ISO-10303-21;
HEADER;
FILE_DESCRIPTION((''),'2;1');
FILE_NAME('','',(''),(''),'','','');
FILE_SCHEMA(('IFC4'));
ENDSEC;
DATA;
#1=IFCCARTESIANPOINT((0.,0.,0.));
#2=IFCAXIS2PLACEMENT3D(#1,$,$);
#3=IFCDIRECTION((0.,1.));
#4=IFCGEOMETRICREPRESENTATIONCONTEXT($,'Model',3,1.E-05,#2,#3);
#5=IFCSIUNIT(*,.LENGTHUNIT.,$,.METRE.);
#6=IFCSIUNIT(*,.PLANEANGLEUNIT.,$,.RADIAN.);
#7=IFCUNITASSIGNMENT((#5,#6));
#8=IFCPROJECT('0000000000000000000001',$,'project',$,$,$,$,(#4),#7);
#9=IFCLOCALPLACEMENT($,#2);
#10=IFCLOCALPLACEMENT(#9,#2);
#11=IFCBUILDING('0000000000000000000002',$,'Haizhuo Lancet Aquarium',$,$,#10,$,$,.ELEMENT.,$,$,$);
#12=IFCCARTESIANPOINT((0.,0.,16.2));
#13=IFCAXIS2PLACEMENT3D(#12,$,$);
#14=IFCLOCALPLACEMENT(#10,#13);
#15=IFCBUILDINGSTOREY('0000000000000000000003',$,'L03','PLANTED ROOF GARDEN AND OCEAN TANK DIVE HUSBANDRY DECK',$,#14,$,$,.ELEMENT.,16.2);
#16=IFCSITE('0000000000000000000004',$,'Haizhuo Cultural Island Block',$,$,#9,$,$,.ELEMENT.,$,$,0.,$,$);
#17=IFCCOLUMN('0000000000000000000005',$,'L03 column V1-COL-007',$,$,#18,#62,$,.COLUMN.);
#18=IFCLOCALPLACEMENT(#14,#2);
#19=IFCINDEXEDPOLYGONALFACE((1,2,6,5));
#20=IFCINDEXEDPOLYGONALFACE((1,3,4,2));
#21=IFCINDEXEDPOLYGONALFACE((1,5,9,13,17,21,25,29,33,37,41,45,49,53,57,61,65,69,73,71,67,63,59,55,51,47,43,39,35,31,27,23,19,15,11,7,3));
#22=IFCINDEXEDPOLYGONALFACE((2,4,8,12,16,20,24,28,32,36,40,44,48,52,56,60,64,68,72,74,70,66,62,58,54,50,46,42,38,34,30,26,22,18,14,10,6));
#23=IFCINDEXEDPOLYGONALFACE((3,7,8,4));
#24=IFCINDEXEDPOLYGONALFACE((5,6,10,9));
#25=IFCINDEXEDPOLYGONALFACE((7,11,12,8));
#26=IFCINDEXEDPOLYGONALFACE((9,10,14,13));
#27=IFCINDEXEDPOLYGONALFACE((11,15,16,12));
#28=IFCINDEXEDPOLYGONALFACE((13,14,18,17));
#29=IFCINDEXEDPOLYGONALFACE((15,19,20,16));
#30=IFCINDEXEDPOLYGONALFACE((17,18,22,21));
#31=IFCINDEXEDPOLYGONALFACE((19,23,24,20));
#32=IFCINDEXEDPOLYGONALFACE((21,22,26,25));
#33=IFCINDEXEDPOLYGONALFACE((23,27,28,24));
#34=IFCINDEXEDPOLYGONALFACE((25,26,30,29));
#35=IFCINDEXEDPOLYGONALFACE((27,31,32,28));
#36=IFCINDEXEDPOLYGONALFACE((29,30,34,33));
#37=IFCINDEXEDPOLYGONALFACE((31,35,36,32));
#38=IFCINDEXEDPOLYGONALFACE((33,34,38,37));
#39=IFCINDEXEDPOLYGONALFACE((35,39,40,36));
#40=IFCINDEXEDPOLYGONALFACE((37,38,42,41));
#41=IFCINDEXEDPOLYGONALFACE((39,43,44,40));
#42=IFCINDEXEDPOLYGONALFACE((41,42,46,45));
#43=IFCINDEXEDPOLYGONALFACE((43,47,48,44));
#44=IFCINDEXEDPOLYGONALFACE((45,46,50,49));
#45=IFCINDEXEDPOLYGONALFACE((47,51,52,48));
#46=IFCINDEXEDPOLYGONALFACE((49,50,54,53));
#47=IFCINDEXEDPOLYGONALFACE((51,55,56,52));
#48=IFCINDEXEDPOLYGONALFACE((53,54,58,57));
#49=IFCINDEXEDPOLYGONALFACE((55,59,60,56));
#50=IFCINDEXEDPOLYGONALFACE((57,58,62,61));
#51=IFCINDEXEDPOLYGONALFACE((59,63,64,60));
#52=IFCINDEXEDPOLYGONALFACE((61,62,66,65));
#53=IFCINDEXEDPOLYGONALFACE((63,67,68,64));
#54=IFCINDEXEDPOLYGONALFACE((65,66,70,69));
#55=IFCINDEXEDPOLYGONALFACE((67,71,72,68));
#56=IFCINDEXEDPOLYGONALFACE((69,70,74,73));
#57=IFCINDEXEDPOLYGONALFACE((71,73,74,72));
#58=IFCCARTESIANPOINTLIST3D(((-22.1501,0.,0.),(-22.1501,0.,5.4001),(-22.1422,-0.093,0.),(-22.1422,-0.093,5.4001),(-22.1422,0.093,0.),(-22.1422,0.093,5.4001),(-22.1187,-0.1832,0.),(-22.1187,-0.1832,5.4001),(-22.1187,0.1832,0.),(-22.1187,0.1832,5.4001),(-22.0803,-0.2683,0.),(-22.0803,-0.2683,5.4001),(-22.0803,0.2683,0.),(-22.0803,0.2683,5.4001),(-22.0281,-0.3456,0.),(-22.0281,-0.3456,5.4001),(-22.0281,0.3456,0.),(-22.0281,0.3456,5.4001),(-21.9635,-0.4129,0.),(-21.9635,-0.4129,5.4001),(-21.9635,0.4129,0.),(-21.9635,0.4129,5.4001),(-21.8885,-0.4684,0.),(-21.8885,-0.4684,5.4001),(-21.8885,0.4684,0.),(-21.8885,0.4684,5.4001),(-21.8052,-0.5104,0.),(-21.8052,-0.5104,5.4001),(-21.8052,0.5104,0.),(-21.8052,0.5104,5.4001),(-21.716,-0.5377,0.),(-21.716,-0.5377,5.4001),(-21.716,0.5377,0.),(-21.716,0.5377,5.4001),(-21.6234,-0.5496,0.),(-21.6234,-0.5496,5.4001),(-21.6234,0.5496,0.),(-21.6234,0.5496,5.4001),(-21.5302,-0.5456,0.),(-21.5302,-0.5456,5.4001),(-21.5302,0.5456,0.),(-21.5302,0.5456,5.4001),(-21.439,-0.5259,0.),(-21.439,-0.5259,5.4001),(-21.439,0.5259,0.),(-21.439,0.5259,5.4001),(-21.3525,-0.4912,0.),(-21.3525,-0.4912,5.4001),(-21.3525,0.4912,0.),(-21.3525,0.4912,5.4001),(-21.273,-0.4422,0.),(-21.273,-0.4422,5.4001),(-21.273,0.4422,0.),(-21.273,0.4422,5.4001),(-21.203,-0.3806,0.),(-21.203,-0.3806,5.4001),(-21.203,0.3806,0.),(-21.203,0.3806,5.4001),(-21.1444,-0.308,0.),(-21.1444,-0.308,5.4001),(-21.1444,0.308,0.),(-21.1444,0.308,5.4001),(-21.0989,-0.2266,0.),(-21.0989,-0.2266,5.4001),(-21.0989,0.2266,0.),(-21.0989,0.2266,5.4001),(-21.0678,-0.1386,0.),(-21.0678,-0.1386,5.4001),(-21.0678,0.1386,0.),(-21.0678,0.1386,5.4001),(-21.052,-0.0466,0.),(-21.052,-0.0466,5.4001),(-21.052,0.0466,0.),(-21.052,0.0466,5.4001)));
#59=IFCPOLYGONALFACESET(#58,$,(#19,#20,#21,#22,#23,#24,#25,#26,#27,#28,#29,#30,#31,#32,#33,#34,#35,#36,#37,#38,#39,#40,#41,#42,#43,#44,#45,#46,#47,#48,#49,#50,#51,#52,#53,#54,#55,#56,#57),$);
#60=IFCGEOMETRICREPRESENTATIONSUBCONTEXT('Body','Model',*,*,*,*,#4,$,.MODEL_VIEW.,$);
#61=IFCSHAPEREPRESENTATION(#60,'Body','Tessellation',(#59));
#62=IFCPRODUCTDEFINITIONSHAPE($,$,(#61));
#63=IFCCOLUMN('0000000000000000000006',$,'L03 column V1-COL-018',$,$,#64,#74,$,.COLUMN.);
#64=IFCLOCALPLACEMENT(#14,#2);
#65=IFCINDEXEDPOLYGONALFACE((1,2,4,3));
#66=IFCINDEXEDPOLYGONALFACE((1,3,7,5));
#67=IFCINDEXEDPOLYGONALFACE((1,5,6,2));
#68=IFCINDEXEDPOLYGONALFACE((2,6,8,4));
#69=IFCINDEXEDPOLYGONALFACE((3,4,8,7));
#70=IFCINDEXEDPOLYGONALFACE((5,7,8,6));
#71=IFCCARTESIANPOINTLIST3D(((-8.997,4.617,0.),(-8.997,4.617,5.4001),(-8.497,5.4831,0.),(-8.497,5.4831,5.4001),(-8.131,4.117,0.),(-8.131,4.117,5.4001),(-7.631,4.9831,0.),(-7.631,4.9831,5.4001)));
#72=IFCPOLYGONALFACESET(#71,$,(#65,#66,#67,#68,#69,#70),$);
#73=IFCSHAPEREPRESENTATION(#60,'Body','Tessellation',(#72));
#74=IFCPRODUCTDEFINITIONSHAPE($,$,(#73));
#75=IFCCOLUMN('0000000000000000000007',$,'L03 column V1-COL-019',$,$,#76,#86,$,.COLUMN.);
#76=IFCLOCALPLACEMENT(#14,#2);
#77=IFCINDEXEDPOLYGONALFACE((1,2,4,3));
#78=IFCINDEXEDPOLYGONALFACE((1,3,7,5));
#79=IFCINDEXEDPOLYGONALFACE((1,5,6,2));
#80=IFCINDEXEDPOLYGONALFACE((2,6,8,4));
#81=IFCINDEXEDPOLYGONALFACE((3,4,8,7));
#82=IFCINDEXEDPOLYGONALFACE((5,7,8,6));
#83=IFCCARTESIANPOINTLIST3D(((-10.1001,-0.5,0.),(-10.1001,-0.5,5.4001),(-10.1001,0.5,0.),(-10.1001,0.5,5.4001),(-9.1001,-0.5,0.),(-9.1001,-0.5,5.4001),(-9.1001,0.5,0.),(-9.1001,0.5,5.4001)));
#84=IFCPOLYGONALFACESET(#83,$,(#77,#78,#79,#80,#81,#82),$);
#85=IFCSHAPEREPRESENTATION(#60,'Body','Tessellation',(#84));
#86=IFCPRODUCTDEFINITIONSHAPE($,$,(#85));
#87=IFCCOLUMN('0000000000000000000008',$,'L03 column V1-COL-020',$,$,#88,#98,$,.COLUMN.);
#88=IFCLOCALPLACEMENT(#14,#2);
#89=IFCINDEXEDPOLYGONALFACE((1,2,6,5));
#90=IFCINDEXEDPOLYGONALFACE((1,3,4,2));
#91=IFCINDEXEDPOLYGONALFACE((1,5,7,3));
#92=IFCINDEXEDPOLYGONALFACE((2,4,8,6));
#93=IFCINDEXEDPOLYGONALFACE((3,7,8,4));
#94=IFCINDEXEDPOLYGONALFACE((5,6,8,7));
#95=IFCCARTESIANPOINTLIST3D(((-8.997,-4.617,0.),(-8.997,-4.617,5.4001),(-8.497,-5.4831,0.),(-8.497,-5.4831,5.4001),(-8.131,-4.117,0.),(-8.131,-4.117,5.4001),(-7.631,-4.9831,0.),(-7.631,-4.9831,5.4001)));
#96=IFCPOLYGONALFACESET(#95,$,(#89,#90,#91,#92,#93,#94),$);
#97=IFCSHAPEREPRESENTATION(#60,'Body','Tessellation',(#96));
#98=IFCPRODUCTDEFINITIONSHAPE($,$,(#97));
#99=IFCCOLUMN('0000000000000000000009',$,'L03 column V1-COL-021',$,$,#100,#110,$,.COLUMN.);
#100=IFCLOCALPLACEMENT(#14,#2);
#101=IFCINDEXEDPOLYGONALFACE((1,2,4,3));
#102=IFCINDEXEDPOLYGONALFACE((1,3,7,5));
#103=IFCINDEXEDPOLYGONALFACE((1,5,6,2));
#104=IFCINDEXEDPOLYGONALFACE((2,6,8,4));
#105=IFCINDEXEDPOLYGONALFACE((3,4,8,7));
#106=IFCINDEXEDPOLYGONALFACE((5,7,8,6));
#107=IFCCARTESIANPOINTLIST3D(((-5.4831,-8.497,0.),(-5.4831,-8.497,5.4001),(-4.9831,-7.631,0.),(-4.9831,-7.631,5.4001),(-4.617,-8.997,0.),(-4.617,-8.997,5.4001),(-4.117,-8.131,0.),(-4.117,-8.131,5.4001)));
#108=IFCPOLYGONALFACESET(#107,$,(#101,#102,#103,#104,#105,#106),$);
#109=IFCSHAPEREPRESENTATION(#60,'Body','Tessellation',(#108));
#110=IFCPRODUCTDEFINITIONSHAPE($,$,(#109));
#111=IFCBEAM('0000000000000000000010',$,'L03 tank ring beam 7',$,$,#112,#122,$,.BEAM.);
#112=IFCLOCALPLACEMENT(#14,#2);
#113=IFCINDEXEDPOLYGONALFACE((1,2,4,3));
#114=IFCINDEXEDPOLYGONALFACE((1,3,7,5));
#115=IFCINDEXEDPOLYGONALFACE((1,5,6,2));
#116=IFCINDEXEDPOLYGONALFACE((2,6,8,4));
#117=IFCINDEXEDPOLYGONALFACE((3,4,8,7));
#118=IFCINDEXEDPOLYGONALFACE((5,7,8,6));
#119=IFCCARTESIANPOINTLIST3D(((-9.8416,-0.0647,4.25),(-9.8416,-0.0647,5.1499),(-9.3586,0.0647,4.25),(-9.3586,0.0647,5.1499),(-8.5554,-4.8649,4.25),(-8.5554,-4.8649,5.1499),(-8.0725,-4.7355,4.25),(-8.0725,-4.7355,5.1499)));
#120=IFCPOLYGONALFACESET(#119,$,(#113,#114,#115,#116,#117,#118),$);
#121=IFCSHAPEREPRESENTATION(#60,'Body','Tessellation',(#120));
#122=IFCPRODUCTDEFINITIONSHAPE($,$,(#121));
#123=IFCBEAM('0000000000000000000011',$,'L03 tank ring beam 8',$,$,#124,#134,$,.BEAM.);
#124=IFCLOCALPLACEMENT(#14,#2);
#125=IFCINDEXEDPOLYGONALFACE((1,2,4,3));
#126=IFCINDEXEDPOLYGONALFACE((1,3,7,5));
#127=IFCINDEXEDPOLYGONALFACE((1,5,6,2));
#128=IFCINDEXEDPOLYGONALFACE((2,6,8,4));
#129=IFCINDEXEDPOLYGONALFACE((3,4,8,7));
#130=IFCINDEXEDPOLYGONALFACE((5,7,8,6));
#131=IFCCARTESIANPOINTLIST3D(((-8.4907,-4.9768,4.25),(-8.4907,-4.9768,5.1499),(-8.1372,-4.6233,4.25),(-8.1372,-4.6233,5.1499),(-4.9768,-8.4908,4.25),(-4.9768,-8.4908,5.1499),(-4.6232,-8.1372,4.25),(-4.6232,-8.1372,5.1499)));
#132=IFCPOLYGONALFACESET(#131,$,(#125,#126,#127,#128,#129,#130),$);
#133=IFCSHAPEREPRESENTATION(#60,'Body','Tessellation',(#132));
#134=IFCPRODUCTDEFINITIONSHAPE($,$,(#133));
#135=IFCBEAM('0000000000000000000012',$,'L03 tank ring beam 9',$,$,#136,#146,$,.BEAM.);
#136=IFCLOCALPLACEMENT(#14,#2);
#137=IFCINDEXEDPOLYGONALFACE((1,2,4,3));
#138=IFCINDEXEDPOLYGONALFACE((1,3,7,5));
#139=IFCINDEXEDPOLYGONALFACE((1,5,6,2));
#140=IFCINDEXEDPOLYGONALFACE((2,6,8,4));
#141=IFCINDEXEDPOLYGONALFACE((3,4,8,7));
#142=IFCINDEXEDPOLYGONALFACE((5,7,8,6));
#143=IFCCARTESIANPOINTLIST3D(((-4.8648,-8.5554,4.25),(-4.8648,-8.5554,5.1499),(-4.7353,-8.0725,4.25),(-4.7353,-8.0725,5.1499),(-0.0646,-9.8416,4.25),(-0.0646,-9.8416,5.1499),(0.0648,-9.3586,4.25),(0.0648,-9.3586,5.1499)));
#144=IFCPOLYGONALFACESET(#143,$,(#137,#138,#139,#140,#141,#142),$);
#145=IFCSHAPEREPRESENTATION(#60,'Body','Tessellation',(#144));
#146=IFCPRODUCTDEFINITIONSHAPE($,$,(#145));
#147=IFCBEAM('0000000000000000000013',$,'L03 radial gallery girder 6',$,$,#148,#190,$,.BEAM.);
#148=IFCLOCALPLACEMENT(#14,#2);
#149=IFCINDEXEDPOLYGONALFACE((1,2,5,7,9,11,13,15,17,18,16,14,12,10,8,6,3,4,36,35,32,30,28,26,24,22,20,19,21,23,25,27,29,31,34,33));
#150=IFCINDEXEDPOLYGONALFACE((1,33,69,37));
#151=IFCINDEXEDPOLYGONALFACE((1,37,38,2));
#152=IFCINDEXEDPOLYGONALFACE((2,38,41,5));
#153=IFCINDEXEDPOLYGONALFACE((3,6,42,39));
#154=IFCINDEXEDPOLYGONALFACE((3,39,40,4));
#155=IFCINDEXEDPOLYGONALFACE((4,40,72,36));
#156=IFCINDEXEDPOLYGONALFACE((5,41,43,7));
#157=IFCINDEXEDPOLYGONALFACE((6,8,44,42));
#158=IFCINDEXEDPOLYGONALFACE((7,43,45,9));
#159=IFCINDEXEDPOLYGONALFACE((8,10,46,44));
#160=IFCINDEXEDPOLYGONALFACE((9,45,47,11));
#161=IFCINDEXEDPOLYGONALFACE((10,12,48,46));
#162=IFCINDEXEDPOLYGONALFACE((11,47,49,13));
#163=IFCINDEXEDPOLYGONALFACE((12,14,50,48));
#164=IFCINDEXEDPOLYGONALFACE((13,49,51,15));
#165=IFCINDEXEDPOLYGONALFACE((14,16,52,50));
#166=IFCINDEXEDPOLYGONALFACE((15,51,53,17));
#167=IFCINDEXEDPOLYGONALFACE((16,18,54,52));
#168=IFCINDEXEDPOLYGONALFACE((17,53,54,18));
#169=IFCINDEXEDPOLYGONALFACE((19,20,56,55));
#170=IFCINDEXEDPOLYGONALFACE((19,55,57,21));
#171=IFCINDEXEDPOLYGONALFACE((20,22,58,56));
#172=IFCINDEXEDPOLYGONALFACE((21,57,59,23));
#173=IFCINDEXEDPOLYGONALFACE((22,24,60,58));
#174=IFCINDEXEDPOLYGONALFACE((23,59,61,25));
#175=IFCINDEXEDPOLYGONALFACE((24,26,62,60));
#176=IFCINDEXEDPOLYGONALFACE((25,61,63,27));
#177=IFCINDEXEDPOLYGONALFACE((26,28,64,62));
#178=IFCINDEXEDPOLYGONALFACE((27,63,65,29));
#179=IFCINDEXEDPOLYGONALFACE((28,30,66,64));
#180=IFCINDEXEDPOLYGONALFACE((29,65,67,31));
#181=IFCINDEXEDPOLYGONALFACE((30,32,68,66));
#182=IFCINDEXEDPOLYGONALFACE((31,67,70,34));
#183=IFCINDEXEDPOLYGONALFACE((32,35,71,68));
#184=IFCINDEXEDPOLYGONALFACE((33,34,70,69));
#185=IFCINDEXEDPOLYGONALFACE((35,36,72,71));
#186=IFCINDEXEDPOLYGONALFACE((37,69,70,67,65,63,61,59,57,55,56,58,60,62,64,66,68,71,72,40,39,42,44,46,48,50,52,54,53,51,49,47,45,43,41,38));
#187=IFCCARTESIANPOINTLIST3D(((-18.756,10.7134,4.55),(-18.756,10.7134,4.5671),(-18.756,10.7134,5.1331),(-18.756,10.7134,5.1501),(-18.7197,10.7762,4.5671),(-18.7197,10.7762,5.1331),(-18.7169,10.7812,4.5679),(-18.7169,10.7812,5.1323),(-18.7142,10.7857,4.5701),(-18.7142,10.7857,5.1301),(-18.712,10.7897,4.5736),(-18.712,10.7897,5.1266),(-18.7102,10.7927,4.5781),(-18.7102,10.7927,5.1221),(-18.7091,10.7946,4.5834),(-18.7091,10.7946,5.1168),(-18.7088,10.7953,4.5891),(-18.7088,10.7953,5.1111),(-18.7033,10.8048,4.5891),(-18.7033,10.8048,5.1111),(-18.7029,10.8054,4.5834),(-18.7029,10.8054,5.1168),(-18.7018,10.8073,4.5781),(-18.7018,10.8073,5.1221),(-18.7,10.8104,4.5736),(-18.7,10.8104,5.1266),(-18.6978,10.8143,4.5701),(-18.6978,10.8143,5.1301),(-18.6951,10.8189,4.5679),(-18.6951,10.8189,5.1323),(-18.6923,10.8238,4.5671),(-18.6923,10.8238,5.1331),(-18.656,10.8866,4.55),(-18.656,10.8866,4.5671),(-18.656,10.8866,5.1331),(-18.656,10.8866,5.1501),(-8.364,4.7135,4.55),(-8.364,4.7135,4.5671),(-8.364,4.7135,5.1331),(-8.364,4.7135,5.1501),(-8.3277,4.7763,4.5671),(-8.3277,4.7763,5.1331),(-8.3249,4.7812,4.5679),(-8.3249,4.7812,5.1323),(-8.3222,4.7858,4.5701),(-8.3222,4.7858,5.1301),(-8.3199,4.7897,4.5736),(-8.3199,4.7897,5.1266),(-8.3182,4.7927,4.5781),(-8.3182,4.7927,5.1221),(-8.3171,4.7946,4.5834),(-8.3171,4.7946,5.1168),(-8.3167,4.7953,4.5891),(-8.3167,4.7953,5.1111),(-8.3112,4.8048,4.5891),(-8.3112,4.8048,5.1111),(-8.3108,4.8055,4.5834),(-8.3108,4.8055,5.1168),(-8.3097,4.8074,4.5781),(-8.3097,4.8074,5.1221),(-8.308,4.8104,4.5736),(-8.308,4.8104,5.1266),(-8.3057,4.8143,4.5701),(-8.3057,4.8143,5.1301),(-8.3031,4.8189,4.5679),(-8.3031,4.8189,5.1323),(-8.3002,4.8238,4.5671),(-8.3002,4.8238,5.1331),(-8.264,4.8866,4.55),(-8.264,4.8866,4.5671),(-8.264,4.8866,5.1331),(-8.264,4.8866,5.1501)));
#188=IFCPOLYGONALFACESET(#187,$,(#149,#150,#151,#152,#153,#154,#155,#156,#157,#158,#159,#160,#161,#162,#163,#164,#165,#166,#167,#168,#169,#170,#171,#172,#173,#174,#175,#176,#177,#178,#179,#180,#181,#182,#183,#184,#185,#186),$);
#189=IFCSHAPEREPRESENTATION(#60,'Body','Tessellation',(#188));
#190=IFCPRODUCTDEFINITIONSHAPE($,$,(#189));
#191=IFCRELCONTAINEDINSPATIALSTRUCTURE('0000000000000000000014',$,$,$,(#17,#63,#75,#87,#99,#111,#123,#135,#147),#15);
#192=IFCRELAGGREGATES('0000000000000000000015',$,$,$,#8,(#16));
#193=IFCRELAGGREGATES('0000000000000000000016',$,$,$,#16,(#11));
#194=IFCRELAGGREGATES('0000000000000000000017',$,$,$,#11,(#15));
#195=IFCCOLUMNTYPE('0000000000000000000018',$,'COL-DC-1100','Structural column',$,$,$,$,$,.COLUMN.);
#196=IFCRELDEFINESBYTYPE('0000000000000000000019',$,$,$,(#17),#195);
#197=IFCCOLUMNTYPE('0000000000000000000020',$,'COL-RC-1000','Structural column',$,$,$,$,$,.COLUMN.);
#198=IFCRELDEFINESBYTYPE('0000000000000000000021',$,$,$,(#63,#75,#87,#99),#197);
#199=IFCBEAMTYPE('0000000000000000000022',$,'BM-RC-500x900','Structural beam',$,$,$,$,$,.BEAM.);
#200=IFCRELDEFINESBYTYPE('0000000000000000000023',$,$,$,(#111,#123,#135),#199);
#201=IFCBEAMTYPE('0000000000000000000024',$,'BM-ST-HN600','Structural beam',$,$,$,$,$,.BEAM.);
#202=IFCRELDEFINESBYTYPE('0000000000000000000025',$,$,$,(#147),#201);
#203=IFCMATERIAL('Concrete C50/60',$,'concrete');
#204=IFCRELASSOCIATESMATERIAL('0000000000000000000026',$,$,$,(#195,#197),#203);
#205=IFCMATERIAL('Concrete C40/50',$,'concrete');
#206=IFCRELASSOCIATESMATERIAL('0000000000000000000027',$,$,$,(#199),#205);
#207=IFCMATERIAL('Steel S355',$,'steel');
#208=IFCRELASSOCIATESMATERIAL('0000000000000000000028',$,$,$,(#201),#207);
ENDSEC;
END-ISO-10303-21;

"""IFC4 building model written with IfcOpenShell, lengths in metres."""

from ifc_helpers import new_model, si_unit, direction, frame, origin, origin_2d, place, context, subcontext, project, spatial, rectangle, circle, i_section, extrude, material, material_profile, profile_set, type_object, element, save


model = new_model("IFC4")

# Units and contexts
model_context = context("Model", 3, precision=1e-05, world=origin(), true_north=direction((0.0, 1.0)))
body_context = subcontext(model_context, "Body", "Model", "MODEL_VIEW")
ifc_project = project(units=[si_unit("LENGTHUNIT", "METRE"), si_unit("PLANEANGLEUNIT", "RADIAN")], contexts=[model_context])

# Site, building, storey
site_placement = place(None, origin())
site = spatial("IfcSite", under=ifc_project, at=site_placement, Name="Haizhuo Cultural Island Block", CompositionType="ELEMENT", RefElevation=0.0)
building_placement = place(site_placement, origin())
building = spatial("IfcBuilding", under=site, at=building_placement, Name="Haizhuo Lancet Aquarium", CompositionType="ELEMENT")
storey_placement = place(building_placement, frame((0.0, 0.0, 16.2)))
storey = spatial("IfcBuildingStorey", under=building, at=storey_placement, Name="L03", Description="PLANTED ROOF GARDEN AND OCEAN TANK DIVE HUSBANDRY DECK", CompositionType="ELEMENT", Elevation=16.2)

# Columns
ifc_material_1 = material(Name="Concrete C50/60", Category="concrete")
ifc_material_profile_1 = material_profile(ifc_material_1, circle(Radius=0.55, at=origin_2d()), Name="RC-DC 1100")
ifc_profile_set_1 = profile_set([ifc_material_profile_1], Name="Concrete C50/60")
column_type_1 = type_object("IfcColumnType", Name="COL-DC-1100", Description="Structural column", PredefinedType="COLUMN", material=ifc_profile_set_1)
column_placement = place(storey_placement, frame((-21.6001, 0.0, 0.0), z_axis=(0.0, 0.0, 1.0), x_axis=(-1.0, 0.0, 0.0)))
element("IfcColumn", 1, at=column_placement, inside=storey, type_object=column_type_1, Name="L03 column V1-COL-007", PredefinedType="COLUMN", context=body_context, shape_type="SweptSolid", body=[
    extrude(circle(Radius=0.55, at=origin_2d()), origin(), (0.0, 0.0, 1.0), 5.4001),
])
ifc_material_profile_2 = material_profile(ifc_material_1, rectangle(XDim=1.0, YDim=1.0, at=origin_2d()), Name="RC-COL 1000x1000")
ifc_profile_set_2 = profile_set([ifc_material_profile_2], Name="Concrete C50/60")
column_type_2 = type_object("IfcColumnType", Name="COL-RC-1000", Description="Structural column", PredefinedType="COLUMN", material=ifc_profile_set_2)
for number, where, z_axis, x_axis, name in (
    (2, (-8.314, 4.8, 0.0), (0.0, 0.0, 1.0), (-0.866025, 0.5, 0.0), "L03 column V1-COL-018"),
    (3, (-9.6001, 0.0, 0.0), (0.0, 0.0, 1.0), (-1.0, 0.0, 0.0), "L03 column V1-COL-019"),
    (4, (-8.314, -4.8, 0.0), (0.0, 0.0, 1.0), (-0.866025, -0.5, 0.0), "L03 column V1-COL-020"),
    (5, (-4.8, -8.314, 0.0), (0.0, 0.0, 1.0), (-0.5, -0.866025, 0.0), "L03 column V1-COL-021"),
):
    element("IfcColumn", number, at=place(storey_placement, frame(where, z_axis=z_axis, x_axis=x_axis)), inside=storey, type_object=column_type_2, Name=name, PredefinedType="COLUMN", context=body_context, shape_type="SweptSolid", body=[
        extrude(rectangle(XDim=1.0, YDim=1.0, at=origin_2d()), origin(), (0.0, 0.0, 1.0), 5.4001),
    ])

# Beams
ifc_material_2 = material(Name="Concrete C40/50", Category="concrete")
ifc_material_profile_3 = material_profile(ifc_material_2, rectangle(XDim=0.5, YDim=0.8999, at=origin_2d()), Name="RC-BM 500x900")
ifc_profile_set_3 = profile_set([ifc_material_profile_3], Name="Concrete C40/50")
beam_type_1 = type_object("IfcBeamType", Name="BM-RC-500x900", Description="Structural beam", PredefinedType="BEAM", material=ifc_profile_set_3)
for number, where, z_axis, x_axis, name in (
    (6, (-9.6001, 0.0, 4.7), (0.258812, -0.965928, 0.0), (0.965928, 0.258812, 0.0), "L03 tank ring beam 7"),
    (7, (-8.314, -4.8, 4.7), (0.707107, -0.707107, 0.0), (0.707107, 0.707107, 0.0), "L03 tank ring beam 8"),
    (8, (-4.8, -8.314, 4.7), (0.965928, -0.258812, 0.0), (0.258812, 0.965928, 0.0), "L03 tank ring beam 9"),
):
    element("IfcBeam", number, at=place(storey_placement, frame(where, z_axis=z_axis, x_axis=x_axis)), inside=storey, type_object=beam_type_1, Name=name, PredefinedType="BEAM", context=body_context, shape_type="SweptSolid", body=[
        extrude(rectangle(XDim=0.5, YDim=0.8999, at=origin_2d()), origin(), (0.0, 0.0, 1.0), 4.9695),
    ])
ifc_material_3 = material(Name="Steel S355", Category="steel")
ifc_material_profile_4 = material_profile(ifc_material_3, i_section(OverallWidth=0.2, OverallDepth=0.6001, WebThickness=0.011, FlangeThickness=0.0171, FilletRadius=0.022, at=origin_2d()), Name="HN 600x200x11x17")
ifc_profile_set_4 = profile_set([ifc_material_profile_4], Name="Steel S355")
beam_type_2 = type_object("IfcBeamType", Name="BM-ST-HN600", Description="Structural beam", PredefinedType="BEAM", material=ifc_profile_set_4)
for number, where, z_axis, x_axis, name in (
    (9, (-8.314, 4.8, 4.8501), (-0.866021, 0.500008, 0.0), (-0.500008, -0.866021, 0.0), "L03 radial gallery girder 6"),
):
    element("IfcBeam", number, at=place(storey_placement, frame(where, z_axis=z_axis, x_axis=x_axis)), inside=storey, type_object=beam_type_2, Name=name, PredefinedType="BEAM", context=body_context, shape_type="SweptSolid", body=[
        extrude(i_section(OverallWidth=0.2, OverallDepth=0.6001, WebThickness=0.011, FlangeThickness=0.0171, FilletRadius=0.022, at=origin_2d()), origin(), (0.0, 0.0, 1.0), 11.9998),
    ])

save(model, "model.ifc")
